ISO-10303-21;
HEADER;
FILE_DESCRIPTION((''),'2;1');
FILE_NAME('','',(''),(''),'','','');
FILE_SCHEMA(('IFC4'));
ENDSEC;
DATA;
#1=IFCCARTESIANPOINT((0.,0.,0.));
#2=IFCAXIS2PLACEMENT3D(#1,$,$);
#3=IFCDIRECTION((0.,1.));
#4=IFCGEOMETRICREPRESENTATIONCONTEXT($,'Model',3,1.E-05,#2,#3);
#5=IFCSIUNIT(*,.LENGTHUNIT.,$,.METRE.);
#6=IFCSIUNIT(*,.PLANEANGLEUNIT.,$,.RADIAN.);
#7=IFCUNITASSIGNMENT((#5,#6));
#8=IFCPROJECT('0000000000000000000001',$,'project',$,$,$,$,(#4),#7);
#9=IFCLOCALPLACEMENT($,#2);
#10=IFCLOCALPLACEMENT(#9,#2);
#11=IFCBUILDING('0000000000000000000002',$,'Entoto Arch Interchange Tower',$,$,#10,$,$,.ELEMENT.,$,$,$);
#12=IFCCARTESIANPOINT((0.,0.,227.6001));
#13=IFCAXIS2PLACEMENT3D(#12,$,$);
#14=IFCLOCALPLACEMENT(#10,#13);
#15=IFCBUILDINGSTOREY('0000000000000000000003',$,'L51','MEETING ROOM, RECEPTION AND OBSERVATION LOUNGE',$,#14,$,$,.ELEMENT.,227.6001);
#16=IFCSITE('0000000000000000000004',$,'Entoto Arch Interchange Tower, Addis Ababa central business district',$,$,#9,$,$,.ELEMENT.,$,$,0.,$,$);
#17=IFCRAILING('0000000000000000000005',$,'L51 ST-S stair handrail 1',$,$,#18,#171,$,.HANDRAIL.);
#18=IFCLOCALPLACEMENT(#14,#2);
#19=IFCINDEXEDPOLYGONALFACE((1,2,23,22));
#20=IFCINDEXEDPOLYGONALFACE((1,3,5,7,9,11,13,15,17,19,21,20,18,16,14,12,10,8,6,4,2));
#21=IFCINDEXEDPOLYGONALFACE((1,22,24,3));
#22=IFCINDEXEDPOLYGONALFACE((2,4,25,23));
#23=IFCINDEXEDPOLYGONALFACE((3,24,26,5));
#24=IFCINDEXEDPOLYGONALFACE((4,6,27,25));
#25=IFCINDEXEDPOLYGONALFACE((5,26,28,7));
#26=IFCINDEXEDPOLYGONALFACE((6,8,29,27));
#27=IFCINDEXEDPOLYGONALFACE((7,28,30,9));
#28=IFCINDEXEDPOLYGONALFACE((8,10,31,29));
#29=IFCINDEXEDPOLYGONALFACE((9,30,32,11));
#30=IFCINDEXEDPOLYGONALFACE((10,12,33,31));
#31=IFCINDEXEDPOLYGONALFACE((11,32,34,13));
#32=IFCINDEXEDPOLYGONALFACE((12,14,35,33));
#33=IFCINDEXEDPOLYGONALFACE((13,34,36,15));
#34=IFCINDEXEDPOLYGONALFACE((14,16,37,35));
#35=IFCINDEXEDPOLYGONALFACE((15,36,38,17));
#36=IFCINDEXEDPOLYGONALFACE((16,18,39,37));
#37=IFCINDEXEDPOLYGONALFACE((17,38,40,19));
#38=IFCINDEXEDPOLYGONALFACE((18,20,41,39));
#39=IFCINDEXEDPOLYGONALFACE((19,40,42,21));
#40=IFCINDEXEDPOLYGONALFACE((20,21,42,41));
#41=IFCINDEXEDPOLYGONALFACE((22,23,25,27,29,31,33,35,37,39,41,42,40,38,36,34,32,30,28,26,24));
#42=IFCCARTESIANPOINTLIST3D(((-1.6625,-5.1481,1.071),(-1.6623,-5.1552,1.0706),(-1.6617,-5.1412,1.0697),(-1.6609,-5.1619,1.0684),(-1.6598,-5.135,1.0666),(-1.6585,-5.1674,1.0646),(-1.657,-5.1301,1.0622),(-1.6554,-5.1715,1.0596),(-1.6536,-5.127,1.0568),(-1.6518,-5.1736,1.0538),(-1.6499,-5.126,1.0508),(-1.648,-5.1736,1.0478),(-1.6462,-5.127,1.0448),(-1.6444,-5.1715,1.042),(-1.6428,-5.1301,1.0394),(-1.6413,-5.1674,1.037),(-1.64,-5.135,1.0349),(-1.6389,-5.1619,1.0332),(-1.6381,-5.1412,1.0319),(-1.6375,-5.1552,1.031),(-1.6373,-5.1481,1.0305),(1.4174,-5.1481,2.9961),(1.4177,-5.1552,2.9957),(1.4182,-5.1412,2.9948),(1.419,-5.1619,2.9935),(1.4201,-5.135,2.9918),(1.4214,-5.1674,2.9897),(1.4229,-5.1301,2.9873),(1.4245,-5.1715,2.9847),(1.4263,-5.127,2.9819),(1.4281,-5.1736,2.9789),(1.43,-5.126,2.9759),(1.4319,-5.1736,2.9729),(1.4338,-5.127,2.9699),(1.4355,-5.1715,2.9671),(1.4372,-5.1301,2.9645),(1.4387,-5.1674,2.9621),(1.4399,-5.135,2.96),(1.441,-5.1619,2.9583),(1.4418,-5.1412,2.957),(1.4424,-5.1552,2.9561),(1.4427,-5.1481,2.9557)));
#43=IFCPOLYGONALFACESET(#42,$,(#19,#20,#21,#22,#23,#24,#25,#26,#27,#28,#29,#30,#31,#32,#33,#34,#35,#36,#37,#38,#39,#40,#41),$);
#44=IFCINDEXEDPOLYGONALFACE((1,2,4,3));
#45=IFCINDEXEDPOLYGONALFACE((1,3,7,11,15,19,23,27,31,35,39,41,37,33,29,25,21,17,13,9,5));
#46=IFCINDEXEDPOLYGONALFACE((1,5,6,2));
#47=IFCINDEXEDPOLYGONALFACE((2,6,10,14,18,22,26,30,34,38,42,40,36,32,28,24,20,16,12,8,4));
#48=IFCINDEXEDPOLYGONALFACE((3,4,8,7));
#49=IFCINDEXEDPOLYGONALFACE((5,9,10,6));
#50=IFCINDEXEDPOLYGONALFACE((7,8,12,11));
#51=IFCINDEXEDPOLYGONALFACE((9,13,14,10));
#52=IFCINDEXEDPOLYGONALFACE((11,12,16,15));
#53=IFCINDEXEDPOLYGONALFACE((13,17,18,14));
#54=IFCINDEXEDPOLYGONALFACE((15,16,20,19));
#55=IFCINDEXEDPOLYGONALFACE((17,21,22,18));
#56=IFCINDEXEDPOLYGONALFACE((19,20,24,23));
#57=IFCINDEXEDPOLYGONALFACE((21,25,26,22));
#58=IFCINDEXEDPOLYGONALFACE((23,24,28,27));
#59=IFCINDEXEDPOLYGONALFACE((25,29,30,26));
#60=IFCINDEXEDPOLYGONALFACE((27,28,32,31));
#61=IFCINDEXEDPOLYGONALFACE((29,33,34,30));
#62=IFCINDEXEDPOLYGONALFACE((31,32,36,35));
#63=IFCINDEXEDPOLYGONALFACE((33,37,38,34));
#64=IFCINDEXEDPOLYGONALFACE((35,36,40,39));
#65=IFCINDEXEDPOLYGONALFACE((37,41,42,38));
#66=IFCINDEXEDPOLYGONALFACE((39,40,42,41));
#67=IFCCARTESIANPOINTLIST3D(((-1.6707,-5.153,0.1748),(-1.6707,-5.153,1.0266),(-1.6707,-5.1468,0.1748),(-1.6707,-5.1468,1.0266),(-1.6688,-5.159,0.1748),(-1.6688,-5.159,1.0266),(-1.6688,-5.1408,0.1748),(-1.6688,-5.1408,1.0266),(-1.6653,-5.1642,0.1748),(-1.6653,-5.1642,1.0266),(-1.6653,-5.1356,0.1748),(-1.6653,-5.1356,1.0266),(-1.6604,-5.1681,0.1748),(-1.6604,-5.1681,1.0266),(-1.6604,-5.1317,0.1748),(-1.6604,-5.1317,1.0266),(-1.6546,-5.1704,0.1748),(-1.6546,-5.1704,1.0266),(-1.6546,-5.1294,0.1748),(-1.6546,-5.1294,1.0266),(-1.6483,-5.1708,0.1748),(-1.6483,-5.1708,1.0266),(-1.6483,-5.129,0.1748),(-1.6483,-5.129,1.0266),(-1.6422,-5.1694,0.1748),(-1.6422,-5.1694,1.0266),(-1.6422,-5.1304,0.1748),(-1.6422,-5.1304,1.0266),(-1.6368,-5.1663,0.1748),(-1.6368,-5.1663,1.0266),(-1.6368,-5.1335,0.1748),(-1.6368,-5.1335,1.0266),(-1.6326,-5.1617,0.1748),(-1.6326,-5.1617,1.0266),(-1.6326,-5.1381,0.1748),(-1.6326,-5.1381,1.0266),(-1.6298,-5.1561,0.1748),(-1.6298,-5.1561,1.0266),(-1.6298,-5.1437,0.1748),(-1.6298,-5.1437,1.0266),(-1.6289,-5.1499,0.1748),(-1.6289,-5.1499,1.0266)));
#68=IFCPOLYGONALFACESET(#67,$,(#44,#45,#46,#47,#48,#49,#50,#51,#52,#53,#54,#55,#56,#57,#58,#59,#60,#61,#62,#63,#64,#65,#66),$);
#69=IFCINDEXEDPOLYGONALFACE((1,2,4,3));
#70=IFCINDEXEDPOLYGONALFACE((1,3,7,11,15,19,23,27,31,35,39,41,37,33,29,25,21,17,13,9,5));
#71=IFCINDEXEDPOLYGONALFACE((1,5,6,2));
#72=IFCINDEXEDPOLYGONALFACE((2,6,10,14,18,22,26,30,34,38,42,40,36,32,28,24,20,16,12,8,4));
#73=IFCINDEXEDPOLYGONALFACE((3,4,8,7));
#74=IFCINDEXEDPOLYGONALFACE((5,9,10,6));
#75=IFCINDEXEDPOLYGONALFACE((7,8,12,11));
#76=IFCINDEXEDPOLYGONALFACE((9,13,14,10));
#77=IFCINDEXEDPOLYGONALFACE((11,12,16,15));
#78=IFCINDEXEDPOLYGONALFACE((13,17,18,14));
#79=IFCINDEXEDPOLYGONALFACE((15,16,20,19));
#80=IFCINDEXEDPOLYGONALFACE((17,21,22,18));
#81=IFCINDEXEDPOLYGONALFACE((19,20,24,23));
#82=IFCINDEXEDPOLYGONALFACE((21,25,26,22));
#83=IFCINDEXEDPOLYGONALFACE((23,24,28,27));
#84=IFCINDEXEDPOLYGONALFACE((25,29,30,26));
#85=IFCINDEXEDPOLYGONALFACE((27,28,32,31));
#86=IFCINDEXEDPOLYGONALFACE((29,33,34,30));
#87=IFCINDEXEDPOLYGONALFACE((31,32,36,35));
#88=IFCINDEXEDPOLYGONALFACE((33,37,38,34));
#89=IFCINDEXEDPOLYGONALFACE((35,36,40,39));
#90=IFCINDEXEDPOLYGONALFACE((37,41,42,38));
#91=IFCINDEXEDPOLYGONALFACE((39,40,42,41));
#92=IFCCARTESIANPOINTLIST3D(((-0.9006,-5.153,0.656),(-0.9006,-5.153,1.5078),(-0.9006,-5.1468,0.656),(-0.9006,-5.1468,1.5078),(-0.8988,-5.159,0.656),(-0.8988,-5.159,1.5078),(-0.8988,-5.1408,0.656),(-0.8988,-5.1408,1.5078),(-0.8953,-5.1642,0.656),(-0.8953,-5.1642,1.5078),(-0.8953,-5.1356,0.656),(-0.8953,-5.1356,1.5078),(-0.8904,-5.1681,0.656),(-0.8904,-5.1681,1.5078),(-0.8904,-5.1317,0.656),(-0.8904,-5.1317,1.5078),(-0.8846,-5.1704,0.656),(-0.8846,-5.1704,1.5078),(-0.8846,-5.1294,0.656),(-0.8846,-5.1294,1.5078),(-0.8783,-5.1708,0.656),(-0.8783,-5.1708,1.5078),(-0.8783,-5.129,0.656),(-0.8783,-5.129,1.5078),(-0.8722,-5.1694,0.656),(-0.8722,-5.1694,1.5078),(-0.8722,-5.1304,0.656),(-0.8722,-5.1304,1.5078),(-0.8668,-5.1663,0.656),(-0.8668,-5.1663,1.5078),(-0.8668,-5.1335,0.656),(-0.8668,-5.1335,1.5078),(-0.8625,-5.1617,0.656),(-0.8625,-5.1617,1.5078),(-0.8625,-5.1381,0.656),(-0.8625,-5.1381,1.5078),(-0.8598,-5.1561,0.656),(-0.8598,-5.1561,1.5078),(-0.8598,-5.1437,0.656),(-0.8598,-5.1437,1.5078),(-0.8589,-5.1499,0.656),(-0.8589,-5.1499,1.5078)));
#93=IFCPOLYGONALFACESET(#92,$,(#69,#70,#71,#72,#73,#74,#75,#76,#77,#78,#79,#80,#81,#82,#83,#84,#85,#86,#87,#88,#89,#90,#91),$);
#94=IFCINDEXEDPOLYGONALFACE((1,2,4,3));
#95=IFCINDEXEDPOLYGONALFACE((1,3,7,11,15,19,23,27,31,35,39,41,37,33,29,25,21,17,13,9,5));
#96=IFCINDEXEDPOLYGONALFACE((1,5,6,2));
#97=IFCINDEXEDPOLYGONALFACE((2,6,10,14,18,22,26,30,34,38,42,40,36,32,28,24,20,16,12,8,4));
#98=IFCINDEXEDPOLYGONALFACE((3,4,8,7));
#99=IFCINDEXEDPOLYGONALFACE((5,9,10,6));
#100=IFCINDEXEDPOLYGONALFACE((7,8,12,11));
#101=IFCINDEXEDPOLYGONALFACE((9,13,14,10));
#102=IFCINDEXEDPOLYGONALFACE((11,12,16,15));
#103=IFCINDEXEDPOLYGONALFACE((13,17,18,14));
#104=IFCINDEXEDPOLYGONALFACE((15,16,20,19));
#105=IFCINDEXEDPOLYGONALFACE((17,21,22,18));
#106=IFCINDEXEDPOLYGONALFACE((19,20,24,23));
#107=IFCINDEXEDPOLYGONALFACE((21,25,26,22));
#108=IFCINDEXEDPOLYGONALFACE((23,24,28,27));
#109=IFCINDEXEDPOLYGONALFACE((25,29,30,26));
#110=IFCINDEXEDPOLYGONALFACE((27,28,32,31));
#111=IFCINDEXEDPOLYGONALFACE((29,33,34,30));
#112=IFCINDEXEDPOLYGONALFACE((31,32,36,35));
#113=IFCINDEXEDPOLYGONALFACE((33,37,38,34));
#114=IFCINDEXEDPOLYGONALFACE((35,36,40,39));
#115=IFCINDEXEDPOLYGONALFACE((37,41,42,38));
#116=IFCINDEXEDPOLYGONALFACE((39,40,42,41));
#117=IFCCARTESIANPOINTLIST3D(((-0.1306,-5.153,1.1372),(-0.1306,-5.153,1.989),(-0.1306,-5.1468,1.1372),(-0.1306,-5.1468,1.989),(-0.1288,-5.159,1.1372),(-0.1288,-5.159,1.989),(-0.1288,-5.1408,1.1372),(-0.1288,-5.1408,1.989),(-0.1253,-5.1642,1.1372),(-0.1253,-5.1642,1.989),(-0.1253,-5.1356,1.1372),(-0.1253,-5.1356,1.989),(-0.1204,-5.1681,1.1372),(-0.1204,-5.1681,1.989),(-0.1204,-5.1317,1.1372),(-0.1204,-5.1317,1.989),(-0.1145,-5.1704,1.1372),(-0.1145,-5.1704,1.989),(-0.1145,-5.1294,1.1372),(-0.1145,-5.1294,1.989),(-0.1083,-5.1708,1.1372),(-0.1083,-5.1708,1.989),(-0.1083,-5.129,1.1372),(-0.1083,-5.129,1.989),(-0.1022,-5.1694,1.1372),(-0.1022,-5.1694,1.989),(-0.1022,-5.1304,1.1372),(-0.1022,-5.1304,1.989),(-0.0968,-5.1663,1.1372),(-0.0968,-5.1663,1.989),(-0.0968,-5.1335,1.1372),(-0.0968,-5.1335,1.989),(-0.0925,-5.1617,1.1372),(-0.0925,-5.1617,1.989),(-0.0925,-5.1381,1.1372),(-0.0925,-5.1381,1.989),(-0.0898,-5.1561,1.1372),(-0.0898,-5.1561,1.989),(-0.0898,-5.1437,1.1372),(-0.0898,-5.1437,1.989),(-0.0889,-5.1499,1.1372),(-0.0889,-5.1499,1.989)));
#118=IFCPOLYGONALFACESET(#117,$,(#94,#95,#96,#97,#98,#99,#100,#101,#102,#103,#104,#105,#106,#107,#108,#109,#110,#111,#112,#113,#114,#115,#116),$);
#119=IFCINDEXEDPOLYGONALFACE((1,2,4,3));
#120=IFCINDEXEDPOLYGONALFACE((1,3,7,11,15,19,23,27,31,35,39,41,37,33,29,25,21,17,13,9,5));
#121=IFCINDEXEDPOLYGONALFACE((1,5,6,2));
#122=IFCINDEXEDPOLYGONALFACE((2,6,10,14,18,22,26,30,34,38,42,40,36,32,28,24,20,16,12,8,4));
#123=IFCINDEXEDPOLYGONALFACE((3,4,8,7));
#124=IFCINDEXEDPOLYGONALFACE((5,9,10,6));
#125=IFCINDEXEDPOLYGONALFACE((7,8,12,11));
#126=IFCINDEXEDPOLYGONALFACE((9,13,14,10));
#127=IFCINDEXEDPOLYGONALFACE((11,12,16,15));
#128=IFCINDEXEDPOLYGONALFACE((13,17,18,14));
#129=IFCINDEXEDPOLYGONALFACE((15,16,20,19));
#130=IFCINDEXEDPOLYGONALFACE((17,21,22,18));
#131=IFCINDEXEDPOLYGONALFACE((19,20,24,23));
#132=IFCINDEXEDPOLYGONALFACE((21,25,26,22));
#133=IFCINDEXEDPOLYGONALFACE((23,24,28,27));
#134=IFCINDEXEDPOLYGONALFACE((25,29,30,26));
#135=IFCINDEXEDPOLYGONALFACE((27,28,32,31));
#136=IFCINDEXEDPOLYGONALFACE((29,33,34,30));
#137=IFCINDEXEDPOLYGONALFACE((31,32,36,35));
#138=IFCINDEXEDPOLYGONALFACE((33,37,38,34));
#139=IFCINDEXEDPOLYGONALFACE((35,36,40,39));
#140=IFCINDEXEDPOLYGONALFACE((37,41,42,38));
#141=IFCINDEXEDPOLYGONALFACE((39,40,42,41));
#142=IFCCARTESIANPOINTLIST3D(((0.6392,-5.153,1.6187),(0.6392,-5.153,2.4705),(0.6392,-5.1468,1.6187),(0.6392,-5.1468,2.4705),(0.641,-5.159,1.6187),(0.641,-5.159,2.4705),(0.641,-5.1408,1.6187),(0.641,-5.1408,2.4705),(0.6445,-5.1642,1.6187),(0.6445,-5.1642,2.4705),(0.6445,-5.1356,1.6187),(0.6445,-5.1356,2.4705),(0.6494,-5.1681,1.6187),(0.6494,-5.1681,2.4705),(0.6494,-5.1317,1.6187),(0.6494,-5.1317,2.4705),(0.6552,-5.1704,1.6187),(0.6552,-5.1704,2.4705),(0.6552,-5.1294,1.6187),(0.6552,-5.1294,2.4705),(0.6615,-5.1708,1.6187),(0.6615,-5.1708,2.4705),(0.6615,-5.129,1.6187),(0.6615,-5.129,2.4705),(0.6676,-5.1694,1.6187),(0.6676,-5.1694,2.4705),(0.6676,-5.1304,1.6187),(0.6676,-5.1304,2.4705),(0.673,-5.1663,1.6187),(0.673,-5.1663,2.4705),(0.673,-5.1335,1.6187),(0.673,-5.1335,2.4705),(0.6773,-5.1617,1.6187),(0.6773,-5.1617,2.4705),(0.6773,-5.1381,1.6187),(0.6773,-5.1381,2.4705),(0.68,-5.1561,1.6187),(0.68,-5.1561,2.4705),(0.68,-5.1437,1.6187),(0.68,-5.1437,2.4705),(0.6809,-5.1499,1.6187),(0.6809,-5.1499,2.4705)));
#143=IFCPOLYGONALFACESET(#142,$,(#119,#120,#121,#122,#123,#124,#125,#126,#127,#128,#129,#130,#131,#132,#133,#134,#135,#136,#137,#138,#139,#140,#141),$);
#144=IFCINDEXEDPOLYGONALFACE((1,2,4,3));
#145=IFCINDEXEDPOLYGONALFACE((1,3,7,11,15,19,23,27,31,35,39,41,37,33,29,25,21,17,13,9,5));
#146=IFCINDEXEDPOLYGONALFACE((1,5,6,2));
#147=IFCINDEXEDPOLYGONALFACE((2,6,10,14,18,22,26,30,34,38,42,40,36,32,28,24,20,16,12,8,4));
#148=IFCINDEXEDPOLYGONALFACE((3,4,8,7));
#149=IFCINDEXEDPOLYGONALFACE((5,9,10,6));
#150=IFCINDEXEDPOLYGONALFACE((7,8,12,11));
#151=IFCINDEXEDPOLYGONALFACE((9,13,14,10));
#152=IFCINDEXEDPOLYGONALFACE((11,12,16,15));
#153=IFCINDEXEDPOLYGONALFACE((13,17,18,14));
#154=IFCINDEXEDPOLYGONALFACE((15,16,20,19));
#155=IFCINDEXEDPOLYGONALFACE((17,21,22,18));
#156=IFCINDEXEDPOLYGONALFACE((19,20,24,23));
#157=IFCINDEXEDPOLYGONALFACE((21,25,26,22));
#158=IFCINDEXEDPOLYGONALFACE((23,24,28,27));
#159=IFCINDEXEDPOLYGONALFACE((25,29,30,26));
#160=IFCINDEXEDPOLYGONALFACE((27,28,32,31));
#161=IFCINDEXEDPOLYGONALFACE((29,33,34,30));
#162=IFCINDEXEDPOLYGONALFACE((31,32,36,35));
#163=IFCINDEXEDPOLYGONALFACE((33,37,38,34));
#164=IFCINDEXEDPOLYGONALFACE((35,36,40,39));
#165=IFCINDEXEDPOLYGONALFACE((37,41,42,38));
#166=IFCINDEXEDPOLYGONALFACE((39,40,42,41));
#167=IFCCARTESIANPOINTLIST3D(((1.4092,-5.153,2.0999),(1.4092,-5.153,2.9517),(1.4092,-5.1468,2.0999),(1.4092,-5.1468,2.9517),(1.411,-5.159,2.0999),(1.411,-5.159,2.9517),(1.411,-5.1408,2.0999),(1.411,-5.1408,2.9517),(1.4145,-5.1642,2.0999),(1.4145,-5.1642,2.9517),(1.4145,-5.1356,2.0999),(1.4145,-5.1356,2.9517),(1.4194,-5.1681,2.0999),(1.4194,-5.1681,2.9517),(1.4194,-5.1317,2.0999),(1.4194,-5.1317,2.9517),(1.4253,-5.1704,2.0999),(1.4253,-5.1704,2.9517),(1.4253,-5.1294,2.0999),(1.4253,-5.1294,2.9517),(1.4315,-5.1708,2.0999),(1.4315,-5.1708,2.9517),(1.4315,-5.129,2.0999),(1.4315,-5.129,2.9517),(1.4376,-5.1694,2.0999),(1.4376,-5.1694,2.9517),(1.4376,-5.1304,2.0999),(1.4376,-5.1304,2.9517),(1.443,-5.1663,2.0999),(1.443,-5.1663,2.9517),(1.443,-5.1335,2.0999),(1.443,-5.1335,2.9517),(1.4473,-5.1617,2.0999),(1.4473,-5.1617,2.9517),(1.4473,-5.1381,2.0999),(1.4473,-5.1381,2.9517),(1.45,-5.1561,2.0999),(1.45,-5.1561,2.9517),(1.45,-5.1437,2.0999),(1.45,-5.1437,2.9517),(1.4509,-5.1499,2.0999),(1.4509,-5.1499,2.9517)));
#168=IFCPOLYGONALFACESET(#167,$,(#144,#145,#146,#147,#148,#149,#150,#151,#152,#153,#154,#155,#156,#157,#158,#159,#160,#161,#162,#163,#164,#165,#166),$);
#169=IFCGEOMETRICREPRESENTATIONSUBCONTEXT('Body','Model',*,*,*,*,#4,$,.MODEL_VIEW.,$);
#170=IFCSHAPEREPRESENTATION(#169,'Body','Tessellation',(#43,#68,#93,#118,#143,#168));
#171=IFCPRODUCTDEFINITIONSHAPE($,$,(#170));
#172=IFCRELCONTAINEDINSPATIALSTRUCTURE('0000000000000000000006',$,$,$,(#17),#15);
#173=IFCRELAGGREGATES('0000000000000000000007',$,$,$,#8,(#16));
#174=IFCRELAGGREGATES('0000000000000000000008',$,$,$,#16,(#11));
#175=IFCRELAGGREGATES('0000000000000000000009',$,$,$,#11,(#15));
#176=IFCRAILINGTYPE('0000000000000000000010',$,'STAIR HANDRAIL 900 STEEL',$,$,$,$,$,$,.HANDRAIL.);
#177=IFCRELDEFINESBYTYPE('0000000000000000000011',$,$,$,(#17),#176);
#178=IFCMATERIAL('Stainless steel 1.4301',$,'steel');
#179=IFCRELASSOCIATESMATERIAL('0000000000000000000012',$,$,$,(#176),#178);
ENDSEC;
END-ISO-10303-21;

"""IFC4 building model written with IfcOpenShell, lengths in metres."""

from ifc_helpers import new_model, si_unit, direction, frame, origin, origin_2d, place, context, subcontext, project, spatial, circle, extrude, material, type_object, element, save


model = new_model("IFC4")

# Units and contexts
model_context = context("Model", 3, precision=1e-05, world=origin(), true_north=direction((0.0, 1.0)))
body_context = subcontext(model_context, "Body", "Model", "MODEL_VIEW")
ifc_project = project(units=[si_unit("LENGTHUNIT", "METRE"), si_unit("PLANEANGLEUNIT", "RADIAN")], contexts=[model_context])

# Site, building, storey
site_placement = place(None, origin())
site = spatial("IfcSite", under=ifc_project, at=site_placement, Name="Entoto Arch Interchange Tower, Addis Ababa central business district", CompositionType="ELEMENT", RefElevation=0.0)
building_placement = place(site_placement, origin())
building = spatial("IfcBuilding", under=site, at=building_placement, Name="Entoto Arch Interchange Tower", CompositionType="ELEMENT")
storey_placement = place(building_placement, frame((0.0, 0.0, 227.6001)))
storey = spatial("IfcBuildingStorey", under=building, at=storey_placement, Name="L51", Description="MEETING ROOM, RECEPTION AND OBSERVATION LOUNGE", CompositionType="ELEMENT", Elevation=227.6001)

# Railing
ifc_material_1 = material(Name="Stainless steel 1.4301", Category="steel")
railing_type = type_object("IfcRailingType", Name="STAIR HANDRAIL 900 STEEL", PredefinedType="HANDRAIL", material=ifc_material_1)
railing_placement = place(storey_placement, frame((-1.6499, -5.1499, 0.1748)))
element("IfcRailing", 1, at=railing_placement, inside=storey, type_object=railing_type, Name="L51 ST-S stair handrail 1", PredefinedType="HANDRAIL", context=body_context, shape_type="SweptSolid", body=[
    extrude(circle(Radius=0.0239, at=origin_2d()), frame((0.0, 0.0, 0.876), z_axis=(0.847979, 0.0, 0.530029), x_axis=(0.0, 1.0, 0.0)), (0.0, 0.0, 1.0), 3.6321),
    extrude(circle(Radius=0.021, at=origin_2d()), origin(), (0.0, 0.0, 1.0), 0.8518),
    extrude(circle(Radius=0.021, at=origin_2d()), frame((0.77, 0.0, 0.4812)), (0.0, 0.0, 1.0), 0.8518),
    extrude(circle(Radius=0.021, at=origin_2d()), frame((1.54, 0.0, 0.9624)), (0.0, 0.0, 1.0), 0.8518),
    extrude(circle(Radius=0.021, at=origin_2d()), frame((2.3098, 0.0, 1.4438)), (0.0, 0.0, 1.0), 0.8518),
    extrude(circle(Radius=0.021, at=origin_2d()), frame((3.0798, 0.0, 1.925)), (0.0, 0.0, 1.0), 0.8518),
])

save(model, "model.ifc")
